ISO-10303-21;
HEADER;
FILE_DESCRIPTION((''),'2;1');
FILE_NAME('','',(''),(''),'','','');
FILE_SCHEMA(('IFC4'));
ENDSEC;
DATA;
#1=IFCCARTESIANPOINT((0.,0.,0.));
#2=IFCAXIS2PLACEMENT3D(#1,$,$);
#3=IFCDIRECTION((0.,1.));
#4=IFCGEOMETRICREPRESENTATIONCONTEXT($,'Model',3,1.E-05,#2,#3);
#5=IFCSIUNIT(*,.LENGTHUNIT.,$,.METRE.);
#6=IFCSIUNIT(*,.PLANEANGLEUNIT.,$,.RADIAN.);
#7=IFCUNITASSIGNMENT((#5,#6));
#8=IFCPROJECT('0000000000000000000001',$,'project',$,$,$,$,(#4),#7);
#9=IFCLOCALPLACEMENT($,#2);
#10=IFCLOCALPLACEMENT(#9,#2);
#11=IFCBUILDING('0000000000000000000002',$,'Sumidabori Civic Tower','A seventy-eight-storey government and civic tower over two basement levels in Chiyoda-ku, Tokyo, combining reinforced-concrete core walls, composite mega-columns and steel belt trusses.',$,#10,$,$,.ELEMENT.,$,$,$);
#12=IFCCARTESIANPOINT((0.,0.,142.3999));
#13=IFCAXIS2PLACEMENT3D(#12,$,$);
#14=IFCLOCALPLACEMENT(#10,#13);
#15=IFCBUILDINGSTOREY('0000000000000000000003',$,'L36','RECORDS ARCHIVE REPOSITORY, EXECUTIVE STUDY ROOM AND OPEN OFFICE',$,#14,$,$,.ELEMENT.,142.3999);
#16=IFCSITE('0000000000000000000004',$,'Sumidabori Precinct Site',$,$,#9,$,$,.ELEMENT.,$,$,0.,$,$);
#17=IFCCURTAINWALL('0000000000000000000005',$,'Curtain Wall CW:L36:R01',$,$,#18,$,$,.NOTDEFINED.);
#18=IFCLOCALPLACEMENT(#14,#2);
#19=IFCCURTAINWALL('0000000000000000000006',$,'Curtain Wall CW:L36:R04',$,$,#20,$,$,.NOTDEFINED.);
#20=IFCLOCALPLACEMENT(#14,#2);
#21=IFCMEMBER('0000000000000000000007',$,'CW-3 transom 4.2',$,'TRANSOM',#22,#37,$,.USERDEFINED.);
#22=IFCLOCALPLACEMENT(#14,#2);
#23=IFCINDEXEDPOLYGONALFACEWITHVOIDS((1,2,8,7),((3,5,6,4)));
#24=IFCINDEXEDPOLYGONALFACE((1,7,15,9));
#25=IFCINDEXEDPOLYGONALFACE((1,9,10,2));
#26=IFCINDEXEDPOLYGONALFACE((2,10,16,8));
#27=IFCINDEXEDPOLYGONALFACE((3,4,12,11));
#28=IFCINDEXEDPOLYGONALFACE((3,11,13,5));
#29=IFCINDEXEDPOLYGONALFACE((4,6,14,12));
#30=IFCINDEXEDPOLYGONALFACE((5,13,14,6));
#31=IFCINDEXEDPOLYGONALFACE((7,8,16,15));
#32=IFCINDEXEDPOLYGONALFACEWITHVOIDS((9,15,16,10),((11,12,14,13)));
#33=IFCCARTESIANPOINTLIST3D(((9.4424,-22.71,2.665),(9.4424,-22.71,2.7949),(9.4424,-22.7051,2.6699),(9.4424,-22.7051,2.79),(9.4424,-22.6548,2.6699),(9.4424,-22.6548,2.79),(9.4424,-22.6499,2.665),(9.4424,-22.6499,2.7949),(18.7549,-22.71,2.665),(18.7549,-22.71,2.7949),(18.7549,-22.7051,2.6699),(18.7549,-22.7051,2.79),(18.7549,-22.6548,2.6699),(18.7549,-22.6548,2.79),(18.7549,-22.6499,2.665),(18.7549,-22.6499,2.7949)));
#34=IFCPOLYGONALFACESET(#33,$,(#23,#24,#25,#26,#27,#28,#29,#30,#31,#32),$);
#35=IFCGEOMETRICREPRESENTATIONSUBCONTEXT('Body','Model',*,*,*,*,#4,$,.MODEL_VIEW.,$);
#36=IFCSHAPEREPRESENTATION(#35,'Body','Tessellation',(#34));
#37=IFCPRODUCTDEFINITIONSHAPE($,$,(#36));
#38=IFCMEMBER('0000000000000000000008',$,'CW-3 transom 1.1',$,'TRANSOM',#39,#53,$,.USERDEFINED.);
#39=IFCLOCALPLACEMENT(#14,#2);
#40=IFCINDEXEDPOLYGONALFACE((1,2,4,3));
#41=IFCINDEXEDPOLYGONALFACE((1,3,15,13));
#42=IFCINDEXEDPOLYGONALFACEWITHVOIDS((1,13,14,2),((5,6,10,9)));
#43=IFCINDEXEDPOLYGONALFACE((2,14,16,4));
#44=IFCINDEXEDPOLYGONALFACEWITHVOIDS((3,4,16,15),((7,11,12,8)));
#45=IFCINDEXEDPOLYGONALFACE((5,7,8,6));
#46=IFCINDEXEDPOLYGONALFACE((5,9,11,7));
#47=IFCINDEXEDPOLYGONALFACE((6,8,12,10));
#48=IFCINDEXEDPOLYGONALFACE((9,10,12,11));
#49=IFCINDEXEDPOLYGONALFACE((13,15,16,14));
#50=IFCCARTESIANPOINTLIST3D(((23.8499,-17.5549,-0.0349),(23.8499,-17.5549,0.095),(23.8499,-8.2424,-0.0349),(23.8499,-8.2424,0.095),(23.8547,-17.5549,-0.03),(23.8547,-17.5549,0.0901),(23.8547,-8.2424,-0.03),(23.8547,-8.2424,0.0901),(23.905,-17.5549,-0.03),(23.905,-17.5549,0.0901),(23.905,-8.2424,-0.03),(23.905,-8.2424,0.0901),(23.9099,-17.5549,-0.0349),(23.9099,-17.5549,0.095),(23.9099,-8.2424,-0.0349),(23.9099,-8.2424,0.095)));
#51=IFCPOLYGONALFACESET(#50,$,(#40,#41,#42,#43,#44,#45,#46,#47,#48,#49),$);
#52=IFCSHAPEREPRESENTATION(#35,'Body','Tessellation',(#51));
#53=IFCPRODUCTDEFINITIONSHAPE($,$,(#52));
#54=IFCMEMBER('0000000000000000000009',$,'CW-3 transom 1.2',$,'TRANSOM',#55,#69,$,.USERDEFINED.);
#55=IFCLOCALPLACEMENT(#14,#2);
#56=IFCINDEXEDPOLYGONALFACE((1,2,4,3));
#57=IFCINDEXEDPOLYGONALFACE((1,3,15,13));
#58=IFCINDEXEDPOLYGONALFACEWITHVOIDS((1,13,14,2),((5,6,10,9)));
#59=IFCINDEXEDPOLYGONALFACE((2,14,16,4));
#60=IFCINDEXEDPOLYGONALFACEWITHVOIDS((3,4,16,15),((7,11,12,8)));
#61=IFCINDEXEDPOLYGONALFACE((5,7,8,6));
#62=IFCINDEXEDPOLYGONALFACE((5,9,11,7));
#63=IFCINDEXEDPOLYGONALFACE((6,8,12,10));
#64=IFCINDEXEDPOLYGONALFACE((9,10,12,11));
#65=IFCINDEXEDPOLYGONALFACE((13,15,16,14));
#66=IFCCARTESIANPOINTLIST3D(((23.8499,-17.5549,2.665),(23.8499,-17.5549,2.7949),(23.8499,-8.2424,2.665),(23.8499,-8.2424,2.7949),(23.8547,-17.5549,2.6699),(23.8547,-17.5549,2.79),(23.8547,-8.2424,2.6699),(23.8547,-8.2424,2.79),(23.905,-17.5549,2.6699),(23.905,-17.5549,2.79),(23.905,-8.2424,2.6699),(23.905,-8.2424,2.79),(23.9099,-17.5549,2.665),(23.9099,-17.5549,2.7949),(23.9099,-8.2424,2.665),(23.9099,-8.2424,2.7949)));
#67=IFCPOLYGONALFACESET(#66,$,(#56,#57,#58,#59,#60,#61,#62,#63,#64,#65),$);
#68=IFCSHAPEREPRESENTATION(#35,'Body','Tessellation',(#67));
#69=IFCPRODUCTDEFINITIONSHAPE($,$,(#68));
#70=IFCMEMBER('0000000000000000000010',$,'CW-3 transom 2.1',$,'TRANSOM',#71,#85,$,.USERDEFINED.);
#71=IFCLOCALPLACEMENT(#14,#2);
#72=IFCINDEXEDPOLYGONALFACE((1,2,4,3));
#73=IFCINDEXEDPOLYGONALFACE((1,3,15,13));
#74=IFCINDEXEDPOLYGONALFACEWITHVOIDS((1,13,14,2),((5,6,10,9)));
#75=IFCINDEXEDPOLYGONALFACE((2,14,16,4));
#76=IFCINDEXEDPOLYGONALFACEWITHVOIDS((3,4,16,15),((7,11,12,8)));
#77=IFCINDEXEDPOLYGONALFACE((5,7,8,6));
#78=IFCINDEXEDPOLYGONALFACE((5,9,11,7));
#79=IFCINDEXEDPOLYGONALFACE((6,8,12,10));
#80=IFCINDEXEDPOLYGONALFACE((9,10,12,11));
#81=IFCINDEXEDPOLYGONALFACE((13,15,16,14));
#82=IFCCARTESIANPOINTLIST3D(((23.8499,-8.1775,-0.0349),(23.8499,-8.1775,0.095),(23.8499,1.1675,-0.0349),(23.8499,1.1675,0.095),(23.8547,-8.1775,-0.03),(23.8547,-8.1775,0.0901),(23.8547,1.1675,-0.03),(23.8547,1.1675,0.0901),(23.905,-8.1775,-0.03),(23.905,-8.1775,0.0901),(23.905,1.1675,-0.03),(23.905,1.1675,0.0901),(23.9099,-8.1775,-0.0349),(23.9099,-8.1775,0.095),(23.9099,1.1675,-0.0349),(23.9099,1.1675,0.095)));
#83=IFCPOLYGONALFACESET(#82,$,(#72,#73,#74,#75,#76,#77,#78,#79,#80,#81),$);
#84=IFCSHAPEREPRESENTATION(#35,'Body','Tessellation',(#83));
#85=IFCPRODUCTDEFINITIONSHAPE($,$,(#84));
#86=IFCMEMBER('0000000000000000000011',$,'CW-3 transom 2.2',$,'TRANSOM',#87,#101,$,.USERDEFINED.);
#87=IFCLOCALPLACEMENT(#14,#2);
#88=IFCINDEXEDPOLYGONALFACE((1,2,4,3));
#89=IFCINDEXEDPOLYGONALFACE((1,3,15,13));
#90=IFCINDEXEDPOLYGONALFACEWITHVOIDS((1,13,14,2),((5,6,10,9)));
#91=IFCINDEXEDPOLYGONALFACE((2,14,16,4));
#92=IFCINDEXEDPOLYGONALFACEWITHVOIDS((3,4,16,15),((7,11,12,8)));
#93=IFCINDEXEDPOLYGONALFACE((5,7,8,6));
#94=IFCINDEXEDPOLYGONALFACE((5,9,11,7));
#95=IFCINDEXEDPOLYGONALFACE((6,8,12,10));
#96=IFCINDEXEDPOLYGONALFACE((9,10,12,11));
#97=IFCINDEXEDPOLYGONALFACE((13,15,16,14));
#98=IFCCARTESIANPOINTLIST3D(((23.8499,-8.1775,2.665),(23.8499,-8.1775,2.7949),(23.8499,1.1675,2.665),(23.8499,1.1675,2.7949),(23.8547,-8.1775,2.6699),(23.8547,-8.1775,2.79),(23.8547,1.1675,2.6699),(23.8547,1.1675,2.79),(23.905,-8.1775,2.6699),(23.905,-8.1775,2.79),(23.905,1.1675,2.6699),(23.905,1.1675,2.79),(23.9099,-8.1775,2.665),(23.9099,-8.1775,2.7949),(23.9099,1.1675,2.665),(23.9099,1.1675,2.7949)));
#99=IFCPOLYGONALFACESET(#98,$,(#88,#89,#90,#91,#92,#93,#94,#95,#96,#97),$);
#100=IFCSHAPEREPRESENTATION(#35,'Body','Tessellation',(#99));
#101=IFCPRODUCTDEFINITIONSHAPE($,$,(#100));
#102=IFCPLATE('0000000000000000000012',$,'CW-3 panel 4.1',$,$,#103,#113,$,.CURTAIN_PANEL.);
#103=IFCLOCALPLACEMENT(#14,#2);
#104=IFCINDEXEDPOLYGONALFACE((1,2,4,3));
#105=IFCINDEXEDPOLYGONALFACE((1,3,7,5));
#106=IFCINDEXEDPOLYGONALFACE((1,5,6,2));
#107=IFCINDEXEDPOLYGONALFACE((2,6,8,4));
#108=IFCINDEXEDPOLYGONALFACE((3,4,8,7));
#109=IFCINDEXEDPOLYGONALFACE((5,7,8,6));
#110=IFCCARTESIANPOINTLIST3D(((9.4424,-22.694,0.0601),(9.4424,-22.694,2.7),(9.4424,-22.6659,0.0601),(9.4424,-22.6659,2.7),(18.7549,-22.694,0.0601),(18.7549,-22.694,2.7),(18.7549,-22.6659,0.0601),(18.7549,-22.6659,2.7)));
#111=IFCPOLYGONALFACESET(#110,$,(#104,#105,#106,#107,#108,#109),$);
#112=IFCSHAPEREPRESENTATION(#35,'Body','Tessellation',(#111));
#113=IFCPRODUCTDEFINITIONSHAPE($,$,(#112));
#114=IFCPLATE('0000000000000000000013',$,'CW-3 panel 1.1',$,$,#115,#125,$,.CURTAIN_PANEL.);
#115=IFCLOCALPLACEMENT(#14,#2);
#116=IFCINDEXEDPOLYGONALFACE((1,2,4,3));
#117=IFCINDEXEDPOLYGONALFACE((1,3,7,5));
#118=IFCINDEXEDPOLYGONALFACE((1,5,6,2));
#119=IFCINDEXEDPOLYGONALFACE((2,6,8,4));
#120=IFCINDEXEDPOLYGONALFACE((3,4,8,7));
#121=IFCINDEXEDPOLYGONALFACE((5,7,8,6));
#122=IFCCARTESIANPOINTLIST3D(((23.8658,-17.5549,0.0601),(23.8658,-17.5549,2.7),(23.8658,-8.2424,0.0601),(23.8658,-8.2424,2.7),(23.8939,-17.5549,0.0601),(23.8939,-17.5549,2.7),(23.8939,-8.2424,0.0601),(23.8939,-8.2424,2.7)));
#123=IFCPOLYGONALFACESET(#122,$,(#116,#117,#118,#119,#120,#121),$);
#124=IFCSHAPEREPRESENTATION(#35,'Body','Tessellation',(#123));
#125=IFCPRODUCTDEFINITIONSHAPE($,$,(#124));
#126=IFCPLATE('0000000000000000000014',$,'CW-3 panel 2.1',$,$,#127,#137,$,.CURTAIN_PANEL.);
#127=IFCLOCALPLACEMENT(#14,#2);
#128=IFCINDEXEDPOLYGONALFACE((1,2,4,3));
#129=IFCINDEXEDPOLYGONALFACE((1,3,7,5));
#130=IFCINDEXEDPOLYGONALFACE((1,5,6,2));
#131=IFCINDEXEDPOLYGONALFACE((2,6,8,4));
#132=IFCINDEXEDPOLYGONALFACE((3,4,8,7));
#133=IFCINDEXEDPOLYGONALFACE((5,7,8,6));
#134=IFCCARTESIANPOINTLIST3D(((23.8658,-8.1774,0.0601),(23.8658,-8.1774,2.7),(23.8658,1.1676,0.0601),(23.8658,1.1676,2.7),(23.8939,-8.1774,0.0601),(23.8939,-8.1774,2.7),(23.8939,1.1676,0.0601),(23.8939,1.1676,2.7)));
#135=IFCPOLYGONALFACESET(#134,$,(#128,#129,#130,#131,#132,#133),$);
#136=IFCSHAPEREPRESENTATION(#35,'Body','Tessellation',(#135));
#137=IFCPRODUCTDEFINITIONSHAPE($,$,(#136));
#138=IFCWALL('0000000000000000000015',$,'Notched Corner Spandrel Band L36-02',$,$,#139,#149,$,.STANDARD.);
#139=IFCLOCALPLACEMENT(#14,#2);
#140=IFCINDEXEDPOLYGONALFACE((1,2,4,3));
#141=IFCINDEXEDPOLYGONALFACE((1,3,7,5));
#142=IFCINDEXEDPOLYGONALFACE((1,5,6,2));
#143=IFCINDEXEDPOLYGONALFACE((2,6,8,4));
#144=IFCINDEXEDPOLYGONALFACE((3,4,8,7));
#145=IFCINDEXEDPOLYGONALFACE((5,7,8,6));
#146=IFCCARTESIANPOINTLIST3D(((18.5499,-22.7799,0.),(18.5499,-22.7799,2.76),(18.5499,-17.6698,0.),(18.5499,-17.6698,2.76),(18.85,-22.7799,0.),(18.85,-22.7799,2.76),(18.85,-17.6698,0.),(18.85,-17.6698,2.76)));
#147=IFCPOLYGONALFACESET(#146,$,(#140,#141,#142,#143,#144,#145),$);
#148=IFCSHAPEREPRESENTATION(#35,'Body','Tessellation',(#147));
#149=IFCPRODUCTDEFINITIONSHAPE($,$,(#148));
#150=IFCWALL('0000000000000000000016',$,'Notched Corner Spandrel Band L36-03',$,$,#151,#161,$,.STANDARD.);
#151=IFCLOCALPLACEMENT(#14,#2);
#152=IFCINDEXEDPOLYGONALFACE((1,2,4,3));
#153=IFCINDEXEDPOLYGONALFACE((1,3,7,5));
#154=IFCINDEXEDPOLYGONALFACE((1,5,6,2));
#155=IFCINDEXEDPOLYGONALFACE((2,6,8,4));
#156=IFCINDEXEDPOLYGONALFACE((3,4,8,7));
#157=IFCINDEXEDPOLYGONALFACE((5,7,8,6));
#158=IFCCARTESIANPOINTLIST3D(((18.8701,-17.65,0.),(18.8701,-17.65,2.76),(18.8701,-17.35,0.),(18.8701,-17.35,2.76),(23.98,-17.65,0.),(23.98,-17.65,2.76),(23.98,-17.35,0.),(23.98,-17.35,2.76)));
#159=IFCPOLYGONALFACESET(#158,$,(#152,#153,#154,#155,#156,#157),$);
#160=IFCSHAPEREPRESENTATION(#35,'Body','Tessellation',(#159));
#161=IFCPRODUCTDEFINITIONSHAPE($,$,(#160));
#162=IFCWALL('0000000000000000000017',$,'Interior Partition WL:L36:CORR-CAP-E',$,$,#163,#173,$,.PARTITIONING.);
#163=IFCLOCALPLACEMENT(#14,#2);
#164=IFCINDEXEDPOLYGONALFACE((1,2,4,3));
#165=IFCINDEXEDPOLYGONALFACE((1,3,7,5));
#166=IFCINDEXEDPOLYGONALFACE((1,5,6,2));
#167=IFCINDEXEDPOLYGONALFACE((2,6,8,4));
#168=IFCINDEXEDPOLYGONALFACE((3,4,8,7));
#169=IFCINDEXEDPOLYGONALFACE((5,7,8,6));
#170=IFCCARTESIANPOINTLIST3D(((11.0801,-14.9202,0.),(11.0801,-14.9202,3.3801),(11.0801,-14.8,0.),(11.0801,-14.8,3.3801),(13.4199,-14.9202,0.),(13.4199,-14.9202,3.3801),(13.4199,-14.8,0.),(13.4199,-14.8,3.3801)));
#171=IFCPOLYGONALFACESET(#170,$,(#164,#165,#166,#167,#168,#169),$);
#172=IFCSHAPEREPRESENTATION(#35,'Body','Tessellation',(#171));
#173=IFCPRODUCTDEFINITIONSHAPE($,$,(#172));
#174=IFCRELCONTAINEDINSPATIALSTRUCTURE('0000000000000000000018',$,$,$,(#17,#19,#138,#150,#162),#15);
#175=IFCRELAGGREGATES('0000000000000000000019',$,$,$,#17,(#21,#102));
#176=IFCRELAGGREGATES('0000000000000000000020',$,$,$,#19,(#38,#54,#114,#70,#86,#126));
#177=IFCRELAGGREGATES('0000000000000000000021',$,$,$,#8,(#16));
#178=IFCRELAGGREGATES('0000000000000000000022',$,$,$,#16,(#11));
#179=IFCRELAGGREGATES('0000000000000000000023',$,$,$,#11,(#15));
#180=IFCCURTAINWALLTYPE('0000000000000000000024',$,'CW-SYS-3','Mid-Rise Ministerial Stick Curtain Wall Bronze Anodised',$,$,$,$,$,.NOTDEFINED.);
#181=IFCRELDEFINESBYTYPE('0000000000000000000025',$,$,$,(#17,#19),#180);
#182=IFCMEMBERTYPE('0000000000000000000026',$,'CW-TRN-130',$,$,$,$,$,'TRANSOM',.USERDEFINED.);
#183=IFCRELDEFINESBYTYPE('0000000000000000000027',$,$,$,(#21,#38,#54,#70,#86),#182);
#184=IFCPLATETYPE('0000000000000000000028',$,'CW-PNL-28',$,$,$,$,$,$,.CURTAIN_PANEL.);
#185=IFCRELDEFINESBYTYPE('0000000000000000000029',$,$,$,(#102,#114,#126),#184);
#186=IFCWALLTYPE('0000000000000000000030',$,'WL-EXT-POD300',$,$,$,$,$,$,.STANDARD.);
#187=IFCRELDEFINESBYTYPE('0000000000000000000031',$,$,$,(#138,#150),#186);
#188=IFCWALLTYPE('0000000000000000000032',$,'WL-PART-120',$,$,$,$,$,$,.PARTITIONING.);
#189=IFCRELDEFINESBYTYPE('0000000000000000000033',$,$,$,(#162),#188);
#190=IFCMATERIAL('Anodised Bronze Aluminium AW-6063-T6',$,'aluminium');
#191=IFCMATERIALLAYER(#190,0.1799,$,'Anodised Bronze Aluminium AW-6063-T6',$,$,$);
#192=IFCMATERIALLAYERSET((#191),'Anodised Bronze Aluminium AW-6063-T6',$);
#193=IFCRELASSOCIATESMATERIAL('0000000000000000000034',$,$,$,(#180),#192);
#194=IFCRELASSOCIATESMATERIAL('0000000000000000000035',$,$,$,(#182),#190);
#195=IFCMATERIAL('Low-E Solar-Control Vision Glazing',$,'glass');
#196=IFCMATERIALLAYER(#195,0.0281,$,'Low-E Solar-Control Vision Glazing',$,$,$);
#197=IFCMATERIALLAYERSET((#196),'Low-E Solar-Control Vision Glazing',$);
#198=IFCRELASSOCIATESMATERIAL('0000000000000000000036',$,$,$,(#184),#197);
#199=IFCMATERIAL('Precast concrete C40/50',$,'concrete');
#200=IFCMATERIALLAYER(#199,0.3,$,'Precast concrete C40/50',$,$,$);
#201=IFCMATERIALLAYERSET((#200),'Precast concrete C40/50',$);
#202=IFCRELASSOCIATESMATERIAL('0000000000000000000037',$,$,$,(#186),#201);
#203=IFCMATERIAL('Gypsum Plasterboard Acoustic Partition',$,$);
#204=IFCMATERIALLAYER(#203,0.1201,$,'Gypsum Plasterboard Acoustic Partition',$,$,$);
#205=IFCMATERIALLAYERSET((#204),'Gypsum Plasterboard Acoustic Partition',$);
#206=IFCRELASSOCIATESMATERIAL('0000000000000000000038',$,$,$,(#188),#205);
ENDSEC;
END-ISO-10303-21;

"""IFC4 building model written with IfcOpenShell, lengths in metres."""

from ifc_helpers import new_model, si_unit, direction, frame, frame_2d, origin, origin_2d, place, context, subcontext, project, spatial, rectangle, hollow_rectangle, extrude, source, transform, mapped, material, layer, layer_set, material_profile, profile_set, type_object, element, aggregate, save


model = new_model("IFC4")

# Units and contexts
model_context = context("Model", 3, precision=1e-05, world=origin(), true_north=direction((0.0, 1.0)))
body_context = subcontext(model_context, "Body", "Model", "MODEL_VIEW")
ifc_project = project(units=[si_unit("LENGTHUNIT", "METRE"), si_unit("PLANEANGLEUNIT", "RADIAN")], contexts=[model_context])

# Site, building, storey
site_placement = place(None, origin())
site = spatial("IfcSite", under=ifc_project, at=site_placement, Name="Sumidabori Precinct Site", CompositionType="ELEMENT", RefElevation=0.0)
building_placement = place(site_placement, origin())
building = spatial("IfcBuilding", under=site, at=building_placement, Name="Sumidabori Civic Tower", Description="A seventy-eight-storey government and civic tower over two basement levels in Chiyoda-ku, Tokyo, combining reinforced-concrete core walls, composite mega-columns and steel belt trusses.", CompositionType="ELEMENT")
storey_placement = place(building_placement, frame((0.0, 0.0, 142.3999)))
storey = spatial("IfcBuildingStorey", under=building, at=storey_placement, Name="L36", Description="RECORDS ARCHIVE REPOSITORY, EXECUTIVE STUDY ROOM AND OPEN OFFICE", CompositionType="ELEMENT", Elevation=142.3999)

# Curtain walls
ifc_material_1 = material(Name="Anodised Bronze Aluminium AW-6063-T6", Category="aluminium")
ifc_layer_1 = layer(ifc_material_1, 0.1799, Name="Anodised Bronze Aluminium AW-6063-T6")
ifc_layer_set_1 = layer_set([ifc_layer_1], Name="Anodised Bronze Aluminium AW-6063-T6")
curtain_wall_type = type_object("IfcCurtainWallType", Name="CW-SYS-3", Description="Mid-Rise Ministerial Stick Curtain Wall Bronze Anodised", PredefinedType="NOTDEFINED", material=ifc_layer_set_1)
curtain_wall_1_placement = place(storey_placement, origin())
curtain_wall_1 = element("IfcCurtainWall", 1, at=curtain_wall_1_placement, inside=storey, type_object=curtain_wall_type, Name="Curtain Wall CW:L36:R01", PredefinedType="NOTDEFINED")
curtain_wall_2_placement = place(storey_placement, origin())
curtain_wall_2 = element("IfcCurtainWall", 2, at=curtain_wall_2_placement, inside=storey, type_object=curtain_wall_type, Name="Curtain Wall CW:L36:R04", PredefinedType="NOTDEFINED")

# Members
ifc_material_profile_1 = material_profile(ifc_material_1, hollow_rectangle(XDim=0.0601, YDim=0.1299, WallThickness=0.0049, at=origin_2d()), Name="ALU TRANSOM 130x60")
ifc_profile_set_1 = profile_set([ifc_material_profile_1], Name="Anodised Bronze Aluminium AW-6063-T6")
member_type_1 = type_object("IfcMemberType", Name="CW-TRN-130", ElementType="TRANSOM", PredefinedType="USERDEFINED", material=ifc_profile_set_1)
shared_shape_1 = source(origin(), body_context, "Body", "SweptSolid", [
    extrude(hollow_rectangle(XDim=0.0601, YDim=0.1299, WallThickness=0.0049, at=origin_2d()), origin(), (0.0, 0.0, 1.0), 9.3125),
])
member_1_placement = place(storey_placement, frame((9.4424, -22.6799, 2.73), z_axis=(1.0, 0.0, 0.0), x_axis=(0.0, 1.0, 0.0)))
member_1 = element("IfcMember", 3, at=member_1_placement, type_object=member_type_1, Name="CW-3 transom 4.2", ObjectType="TRANSOM", PredefinedType="USERDEFINED", context=body_context, shape_type="MappedRepresentation", body=[
    mapped(shared_shape_1, transform((0.0, 0.0, 0.0), x_axis=(1.0, 0.0, 0.0), y_axis=(0.0, 1.0, 0.0), z_axis=(0.0, 0.0, 1.0), scale=1.0)),
])
member_2_placement = place(storey_placement, frame((23.8799, -17.5549, 0.03), z_axis=(0.0, 1.0, 0.0), x_axis=(-1.0, 0.0, 0.0)))
member_2 = element("IfcMember", 4, at=member_2_placement, type_object=member_type_1, Name="CW-3 transom 1.1", ObjectType="TRANSOM", PredefinedType="USERDEFINED", context=body_context, shape_type="MappedRepresentation", body=[
    mapped(shared_shape_1, transform((0.0, 0.0, 0.0), x_axis=(1.0, 0.0, 0.0), y_axis=(0.0, 1.0, 0.0), z_axis=(0.0, 0.0, 1.0), scale=1.0)),
])
member_3_placement = place(storey_placement, frame((23.8799, -17.5549, 2.73), z_axis=(0.0, 1.0, 0.0), x_axis=(-1.0, 0.0, 0.0)))
member_3 = element("IfcMember", 5, at=member_3_placement, type_object=member_type_1, Name="CW-3 transom 1.2", ObjectType="TRANSOM", PredefinedType="USERDEFINED", context=body_context, shape_type="MappedRepresentation", body=[
    mapped(shared_shape_1, transform((0.0, 0.0, 0.0), x_axis=(1.0, 0.0, 0.0), y_axis=(0.0, 1.0, 0.0), z_axis=(0.0, 0.0, 1.0), scale=1.0)),
])
shared_shape_2 = source(origin(), body_context, "Body", "SweptSolid", [
    extrude(hollow_rectangle(XDim=0.0601, YDim=0.1299, WallThickness=0.0049, at=origin_2d()), origin(), (0.0, 0.0, 1.0), 9.345),
])
member_4_placement = place(storey_placement, frame((23.8799, -8.1775, 0.03), z_axis=(0.0, 1.0, 0.0), x_axis=(-1.0, 0.0, 0.0)))
member_4 = element("IfcMember", 6, at=member_4_placement, type_object=member_type_1, Name="CW-3 transom 2.1", ObjectType="TRANSOM", PredefinedType="USERDEFINED", context=body_context, shape_type="MappedRepresentation", body=[
    mapped(shared_shape_2, transform((0.0, 0.0, 0.0), x_axis=(1.0, 0.0, 0.0), y_axis=(0.0, 1.0, 0.0), z_axis=(0.0, 0.0, 1.0), scale=1.0)),
])
member_5_placement = place(storey_placement, frame((23.8799, -8.1775, 2.73), z_axis=(0.0, 1.0, 0.0), x_axis=(-1.0, 0.0, 0.0)))
member_5 = element("IfcMember", 7, at=member_5_placement, type_object=member_type_1, Name="CW-3 transom 2.2", ObjectType="TRANSOM", PredefinedType="USERDEFINED", context=body_context, shape_type="MappedRepresentation", body=[
    mapped(shared_shape_2, transform((0.0, 0.0, 0.0), x_axis=(1.0, 0.0, 0.0), y_axis=(0.0, 1.0, 0.0), z_axis=(0.0, 0.0, 1.0), scale=1.0)),
])

# Plates
ifc_material_2 = material(Name="Low-E Solar-Control Vision Glazing", Category="glass")
ifc_layer_2 = layer(ifc_material_2, 0.0281, Name="Low-E Solar-Control Vision Glazing")
ifc_layer_set_2 = layer_set([ifc_layer_2], Name="Low-E Solar-Control Vision Glazing")
plate_type = type_object("IfcPlateType", Name="CW-PNL-28", PredefinedType="CURTAIN_PANEL", material=ifc_layer_set_2)
shared_shape_3 = source(origin(), body_context, "Body", "SweptSolid", [
    extrude(rectangle(XDim=9.3125, YDim=0.0281, at=origin_2d()), origin(), (0.0, 0.0, 1.0), 2.6399),
])
plate_1_placement = place(storey_placement, frame((14.0986, -22.6799, 0.0601), z_axis=(0.0, 0.0, 1.0), x_axis=(1.0, 0.0, 0.0)))
plate_1 = element("IfcPlate", 8, at=plate_1_placement, type_object=plate_type, Name="CW-3 panel 4.1", PredefinedType="CURTAIN_PANEL", context=body_context, shape_type="MappedRepresentation", body=[
    mapped(shared_shape_3, transform((0.0, 0.0, 0.0), x_axis=(1.0, 0.0, 0.0), y_axis=(0.0, 1.0, 0.0), z_axis=(0.0, 0.0, 1.0), scale=1.0)),
])
aggregate(curtain_wall_1, [member_1, plate_1])
plate_2_placement = place(storey_placement, frame((23.8799, -12.8987, 0.0601), z_axis=(0.0, 0.0, 1.0), x_axis=(0.0, 1.0, 0.0)))
plate_2 = element("IfcPlate", 9, at=plate_2_placement, type_object=plate_type, Name="CW-3 panel 1.1", PredefinedType="CURTAIN_PANEL", context=body_context, shape_type="MappedRepresentation", body=[
    mapped(shared_shape_3, transform((0.0, 0.0, 0.0), x_axis=(1.0, 0.0, 0.0), y_axis=(0.0, 1.0, 0.0), z_axis=(0.0, 0.0, 1.0), scale=1.0)),
])
shared_shape_4 = source(origin(), body_context, "Body", "SweptSolid", [
    extrude(rectangle(XDim=9.345, YDim=0.0281, at=origin_2d()), origin(), (0.0, 0.0, 1.0), 2.6399),
])
plate_3_placement = place(storey_placement, frame((23.8799, -3.5049, 0.0601), z_axis=(0.0, 0.0, 1.0), x_axis=(0.0, 1.0, 0.0)))
plate_3 = element("IfcPlate", 10, at=plate_3_placement, type_object=plate_type, Name="CW-3 panel 2.1", PredefinedType="CURTAIN_PANEL", context=body_context, shape_type="MappedRepresentation", body=[
    mapped(shared_shape_4, transform((0.0, 0.0, 0.0), x_axis=(1.0, 0.0, 0.0), y_axis=(0.0, 1.0, 0.0), z_axis=(0.0, 0.0, 1.0), scale=1.0)),
])
aggregate(curtain_wall_2, [member_2, member_3, plate_2, member_4, member_5, plate_3])

# Walls
ifc_material_3 = material(Name="Precast concrete C40/50", Category="concrete")
ifc_layer_3 = layer(ifc_material_3, 0.3, Name="Precast concrete C40/50")
ifc_layer_set_3 = layer_set([ifc_layer_3], Name="Precast concrete C40/50")
wall_type_1 = type_object("IfcWallType", Name="WL-EXT-POD300", PredefinedType="STANDARD", material=ifc_layer_set_3)
shared_shape_5 = source(origin(), body_context, "Body", "SweptSolid", [
    extrude(rectangle(XDim=5.1101, YDim=0.3, at=frame_2d((2.5552, 0.0))), origin(), (0.0, 0.0, 1.0), 2.76),
])
wall_1_placement = place(storey_placement, frame((18.7, -22.78, 0.0), z_axis=(0.0, 0.0, 1.0), x_axis=(0.0, 1.0, 0.0)))
element("IfcWall", 11, at=wall_1_placement, inside=storey, type_object=wall_type_1, Name="Notched Corner Spandrel Band L36-02", PredefinedType="STANDARD", context=body_context, shape_type="MappedRepresentation", body=[
    mapped(shared_shape_5, transform((0.0, 0.0, 0.0), x_axis=(1.0, 0.0, 0.0), y_axis=(0.0, 1.0, 0.0), z_axis=(0.0, 0.0, 1.0), scale=1.0)),
])
shared_shape_6 = source(origin(), body_context, "Body", "SweptSolid", [
    extrude(rectangle(XDim=5.1099, YDim=0.3, at=frame_2d((2.5549, 0.0))), origin(), (0.0, 0.0, 1.0), 2.76),
])
wall_2_placement = place(storey_placement, frame((18.8701, -17.5, 0.0), z_axis=(0.0, 0.0, 1.0), x_axis=(1.0, 0.0, 0.0)))
element("IfcWall", 12, at=wall_2_placement, inside=storey, type_object=wall_type_1, Name="Notched Corner Spandrel Band L36-03", PredefinedType="STANDARD", context=body_context, shape_type="MappedRepresentation", body=[
    mapped(shared_shape_6, transform((0.0, 0.0, 0.0), x_axis=(1.0, 0.0, 0.0), y_axis=(0.0, 1.0, 0.0), z_axis=(0.0, 0.0, 1.0), scale=1.0)),
])
ifc_material_4 = material(Name="Gypsum Plasterboard Acoustic Partition")
ifc_layer_4 = layer(ifc_material_4, 0.1201, Name="Gypsum Plasterboard Acoustic Partition")
ifc_layer_set_4 = layer_set([ifc_layer_4], Name="Gypsum Plasterboard Acoustic Partition")
wall_type_2 = type_object("IfcWallType", Name="WL-PART-120", PredefinedType="PARTITIONING", material=ifc_layer_set_4)
shared_shape_7 = source(origin(), body_context, "Body", "SweptSolid", [
    extrude(rectangle(XDim=2.3398, YDim=0.1201, at=frame_2d((1.1699, 0.0))), origin(), (0.0, 0.0, 1.0), 3.3801),
])
wall_3_placement = place(storey_placement, frame((11.0801, -14.8601, 0.0), z_axis=(0.0, 0.0, 1.0), x_axis=(1.0, 0.0, 0.0)))
element("IfcWall", 13, at=wall_3_placement, inside=storey, type_object=wall_type_2, Name="Interior Partition WL:L36:CORR-CAP-E", PredefinedType="PARTITIONING", context=body_context, shape_type="MappedRepresentation", body=[
    mapped(shared_shape_7, transform((0.0, 0.0, 0.0), x_axis=(1.0, 0.0, 0.0), y_axis=(0.0, 1.0, 0.0), z_axis=(0.0, 0.0, 1.0), scale=1.0)),
])

save(model, "model.ifc")
